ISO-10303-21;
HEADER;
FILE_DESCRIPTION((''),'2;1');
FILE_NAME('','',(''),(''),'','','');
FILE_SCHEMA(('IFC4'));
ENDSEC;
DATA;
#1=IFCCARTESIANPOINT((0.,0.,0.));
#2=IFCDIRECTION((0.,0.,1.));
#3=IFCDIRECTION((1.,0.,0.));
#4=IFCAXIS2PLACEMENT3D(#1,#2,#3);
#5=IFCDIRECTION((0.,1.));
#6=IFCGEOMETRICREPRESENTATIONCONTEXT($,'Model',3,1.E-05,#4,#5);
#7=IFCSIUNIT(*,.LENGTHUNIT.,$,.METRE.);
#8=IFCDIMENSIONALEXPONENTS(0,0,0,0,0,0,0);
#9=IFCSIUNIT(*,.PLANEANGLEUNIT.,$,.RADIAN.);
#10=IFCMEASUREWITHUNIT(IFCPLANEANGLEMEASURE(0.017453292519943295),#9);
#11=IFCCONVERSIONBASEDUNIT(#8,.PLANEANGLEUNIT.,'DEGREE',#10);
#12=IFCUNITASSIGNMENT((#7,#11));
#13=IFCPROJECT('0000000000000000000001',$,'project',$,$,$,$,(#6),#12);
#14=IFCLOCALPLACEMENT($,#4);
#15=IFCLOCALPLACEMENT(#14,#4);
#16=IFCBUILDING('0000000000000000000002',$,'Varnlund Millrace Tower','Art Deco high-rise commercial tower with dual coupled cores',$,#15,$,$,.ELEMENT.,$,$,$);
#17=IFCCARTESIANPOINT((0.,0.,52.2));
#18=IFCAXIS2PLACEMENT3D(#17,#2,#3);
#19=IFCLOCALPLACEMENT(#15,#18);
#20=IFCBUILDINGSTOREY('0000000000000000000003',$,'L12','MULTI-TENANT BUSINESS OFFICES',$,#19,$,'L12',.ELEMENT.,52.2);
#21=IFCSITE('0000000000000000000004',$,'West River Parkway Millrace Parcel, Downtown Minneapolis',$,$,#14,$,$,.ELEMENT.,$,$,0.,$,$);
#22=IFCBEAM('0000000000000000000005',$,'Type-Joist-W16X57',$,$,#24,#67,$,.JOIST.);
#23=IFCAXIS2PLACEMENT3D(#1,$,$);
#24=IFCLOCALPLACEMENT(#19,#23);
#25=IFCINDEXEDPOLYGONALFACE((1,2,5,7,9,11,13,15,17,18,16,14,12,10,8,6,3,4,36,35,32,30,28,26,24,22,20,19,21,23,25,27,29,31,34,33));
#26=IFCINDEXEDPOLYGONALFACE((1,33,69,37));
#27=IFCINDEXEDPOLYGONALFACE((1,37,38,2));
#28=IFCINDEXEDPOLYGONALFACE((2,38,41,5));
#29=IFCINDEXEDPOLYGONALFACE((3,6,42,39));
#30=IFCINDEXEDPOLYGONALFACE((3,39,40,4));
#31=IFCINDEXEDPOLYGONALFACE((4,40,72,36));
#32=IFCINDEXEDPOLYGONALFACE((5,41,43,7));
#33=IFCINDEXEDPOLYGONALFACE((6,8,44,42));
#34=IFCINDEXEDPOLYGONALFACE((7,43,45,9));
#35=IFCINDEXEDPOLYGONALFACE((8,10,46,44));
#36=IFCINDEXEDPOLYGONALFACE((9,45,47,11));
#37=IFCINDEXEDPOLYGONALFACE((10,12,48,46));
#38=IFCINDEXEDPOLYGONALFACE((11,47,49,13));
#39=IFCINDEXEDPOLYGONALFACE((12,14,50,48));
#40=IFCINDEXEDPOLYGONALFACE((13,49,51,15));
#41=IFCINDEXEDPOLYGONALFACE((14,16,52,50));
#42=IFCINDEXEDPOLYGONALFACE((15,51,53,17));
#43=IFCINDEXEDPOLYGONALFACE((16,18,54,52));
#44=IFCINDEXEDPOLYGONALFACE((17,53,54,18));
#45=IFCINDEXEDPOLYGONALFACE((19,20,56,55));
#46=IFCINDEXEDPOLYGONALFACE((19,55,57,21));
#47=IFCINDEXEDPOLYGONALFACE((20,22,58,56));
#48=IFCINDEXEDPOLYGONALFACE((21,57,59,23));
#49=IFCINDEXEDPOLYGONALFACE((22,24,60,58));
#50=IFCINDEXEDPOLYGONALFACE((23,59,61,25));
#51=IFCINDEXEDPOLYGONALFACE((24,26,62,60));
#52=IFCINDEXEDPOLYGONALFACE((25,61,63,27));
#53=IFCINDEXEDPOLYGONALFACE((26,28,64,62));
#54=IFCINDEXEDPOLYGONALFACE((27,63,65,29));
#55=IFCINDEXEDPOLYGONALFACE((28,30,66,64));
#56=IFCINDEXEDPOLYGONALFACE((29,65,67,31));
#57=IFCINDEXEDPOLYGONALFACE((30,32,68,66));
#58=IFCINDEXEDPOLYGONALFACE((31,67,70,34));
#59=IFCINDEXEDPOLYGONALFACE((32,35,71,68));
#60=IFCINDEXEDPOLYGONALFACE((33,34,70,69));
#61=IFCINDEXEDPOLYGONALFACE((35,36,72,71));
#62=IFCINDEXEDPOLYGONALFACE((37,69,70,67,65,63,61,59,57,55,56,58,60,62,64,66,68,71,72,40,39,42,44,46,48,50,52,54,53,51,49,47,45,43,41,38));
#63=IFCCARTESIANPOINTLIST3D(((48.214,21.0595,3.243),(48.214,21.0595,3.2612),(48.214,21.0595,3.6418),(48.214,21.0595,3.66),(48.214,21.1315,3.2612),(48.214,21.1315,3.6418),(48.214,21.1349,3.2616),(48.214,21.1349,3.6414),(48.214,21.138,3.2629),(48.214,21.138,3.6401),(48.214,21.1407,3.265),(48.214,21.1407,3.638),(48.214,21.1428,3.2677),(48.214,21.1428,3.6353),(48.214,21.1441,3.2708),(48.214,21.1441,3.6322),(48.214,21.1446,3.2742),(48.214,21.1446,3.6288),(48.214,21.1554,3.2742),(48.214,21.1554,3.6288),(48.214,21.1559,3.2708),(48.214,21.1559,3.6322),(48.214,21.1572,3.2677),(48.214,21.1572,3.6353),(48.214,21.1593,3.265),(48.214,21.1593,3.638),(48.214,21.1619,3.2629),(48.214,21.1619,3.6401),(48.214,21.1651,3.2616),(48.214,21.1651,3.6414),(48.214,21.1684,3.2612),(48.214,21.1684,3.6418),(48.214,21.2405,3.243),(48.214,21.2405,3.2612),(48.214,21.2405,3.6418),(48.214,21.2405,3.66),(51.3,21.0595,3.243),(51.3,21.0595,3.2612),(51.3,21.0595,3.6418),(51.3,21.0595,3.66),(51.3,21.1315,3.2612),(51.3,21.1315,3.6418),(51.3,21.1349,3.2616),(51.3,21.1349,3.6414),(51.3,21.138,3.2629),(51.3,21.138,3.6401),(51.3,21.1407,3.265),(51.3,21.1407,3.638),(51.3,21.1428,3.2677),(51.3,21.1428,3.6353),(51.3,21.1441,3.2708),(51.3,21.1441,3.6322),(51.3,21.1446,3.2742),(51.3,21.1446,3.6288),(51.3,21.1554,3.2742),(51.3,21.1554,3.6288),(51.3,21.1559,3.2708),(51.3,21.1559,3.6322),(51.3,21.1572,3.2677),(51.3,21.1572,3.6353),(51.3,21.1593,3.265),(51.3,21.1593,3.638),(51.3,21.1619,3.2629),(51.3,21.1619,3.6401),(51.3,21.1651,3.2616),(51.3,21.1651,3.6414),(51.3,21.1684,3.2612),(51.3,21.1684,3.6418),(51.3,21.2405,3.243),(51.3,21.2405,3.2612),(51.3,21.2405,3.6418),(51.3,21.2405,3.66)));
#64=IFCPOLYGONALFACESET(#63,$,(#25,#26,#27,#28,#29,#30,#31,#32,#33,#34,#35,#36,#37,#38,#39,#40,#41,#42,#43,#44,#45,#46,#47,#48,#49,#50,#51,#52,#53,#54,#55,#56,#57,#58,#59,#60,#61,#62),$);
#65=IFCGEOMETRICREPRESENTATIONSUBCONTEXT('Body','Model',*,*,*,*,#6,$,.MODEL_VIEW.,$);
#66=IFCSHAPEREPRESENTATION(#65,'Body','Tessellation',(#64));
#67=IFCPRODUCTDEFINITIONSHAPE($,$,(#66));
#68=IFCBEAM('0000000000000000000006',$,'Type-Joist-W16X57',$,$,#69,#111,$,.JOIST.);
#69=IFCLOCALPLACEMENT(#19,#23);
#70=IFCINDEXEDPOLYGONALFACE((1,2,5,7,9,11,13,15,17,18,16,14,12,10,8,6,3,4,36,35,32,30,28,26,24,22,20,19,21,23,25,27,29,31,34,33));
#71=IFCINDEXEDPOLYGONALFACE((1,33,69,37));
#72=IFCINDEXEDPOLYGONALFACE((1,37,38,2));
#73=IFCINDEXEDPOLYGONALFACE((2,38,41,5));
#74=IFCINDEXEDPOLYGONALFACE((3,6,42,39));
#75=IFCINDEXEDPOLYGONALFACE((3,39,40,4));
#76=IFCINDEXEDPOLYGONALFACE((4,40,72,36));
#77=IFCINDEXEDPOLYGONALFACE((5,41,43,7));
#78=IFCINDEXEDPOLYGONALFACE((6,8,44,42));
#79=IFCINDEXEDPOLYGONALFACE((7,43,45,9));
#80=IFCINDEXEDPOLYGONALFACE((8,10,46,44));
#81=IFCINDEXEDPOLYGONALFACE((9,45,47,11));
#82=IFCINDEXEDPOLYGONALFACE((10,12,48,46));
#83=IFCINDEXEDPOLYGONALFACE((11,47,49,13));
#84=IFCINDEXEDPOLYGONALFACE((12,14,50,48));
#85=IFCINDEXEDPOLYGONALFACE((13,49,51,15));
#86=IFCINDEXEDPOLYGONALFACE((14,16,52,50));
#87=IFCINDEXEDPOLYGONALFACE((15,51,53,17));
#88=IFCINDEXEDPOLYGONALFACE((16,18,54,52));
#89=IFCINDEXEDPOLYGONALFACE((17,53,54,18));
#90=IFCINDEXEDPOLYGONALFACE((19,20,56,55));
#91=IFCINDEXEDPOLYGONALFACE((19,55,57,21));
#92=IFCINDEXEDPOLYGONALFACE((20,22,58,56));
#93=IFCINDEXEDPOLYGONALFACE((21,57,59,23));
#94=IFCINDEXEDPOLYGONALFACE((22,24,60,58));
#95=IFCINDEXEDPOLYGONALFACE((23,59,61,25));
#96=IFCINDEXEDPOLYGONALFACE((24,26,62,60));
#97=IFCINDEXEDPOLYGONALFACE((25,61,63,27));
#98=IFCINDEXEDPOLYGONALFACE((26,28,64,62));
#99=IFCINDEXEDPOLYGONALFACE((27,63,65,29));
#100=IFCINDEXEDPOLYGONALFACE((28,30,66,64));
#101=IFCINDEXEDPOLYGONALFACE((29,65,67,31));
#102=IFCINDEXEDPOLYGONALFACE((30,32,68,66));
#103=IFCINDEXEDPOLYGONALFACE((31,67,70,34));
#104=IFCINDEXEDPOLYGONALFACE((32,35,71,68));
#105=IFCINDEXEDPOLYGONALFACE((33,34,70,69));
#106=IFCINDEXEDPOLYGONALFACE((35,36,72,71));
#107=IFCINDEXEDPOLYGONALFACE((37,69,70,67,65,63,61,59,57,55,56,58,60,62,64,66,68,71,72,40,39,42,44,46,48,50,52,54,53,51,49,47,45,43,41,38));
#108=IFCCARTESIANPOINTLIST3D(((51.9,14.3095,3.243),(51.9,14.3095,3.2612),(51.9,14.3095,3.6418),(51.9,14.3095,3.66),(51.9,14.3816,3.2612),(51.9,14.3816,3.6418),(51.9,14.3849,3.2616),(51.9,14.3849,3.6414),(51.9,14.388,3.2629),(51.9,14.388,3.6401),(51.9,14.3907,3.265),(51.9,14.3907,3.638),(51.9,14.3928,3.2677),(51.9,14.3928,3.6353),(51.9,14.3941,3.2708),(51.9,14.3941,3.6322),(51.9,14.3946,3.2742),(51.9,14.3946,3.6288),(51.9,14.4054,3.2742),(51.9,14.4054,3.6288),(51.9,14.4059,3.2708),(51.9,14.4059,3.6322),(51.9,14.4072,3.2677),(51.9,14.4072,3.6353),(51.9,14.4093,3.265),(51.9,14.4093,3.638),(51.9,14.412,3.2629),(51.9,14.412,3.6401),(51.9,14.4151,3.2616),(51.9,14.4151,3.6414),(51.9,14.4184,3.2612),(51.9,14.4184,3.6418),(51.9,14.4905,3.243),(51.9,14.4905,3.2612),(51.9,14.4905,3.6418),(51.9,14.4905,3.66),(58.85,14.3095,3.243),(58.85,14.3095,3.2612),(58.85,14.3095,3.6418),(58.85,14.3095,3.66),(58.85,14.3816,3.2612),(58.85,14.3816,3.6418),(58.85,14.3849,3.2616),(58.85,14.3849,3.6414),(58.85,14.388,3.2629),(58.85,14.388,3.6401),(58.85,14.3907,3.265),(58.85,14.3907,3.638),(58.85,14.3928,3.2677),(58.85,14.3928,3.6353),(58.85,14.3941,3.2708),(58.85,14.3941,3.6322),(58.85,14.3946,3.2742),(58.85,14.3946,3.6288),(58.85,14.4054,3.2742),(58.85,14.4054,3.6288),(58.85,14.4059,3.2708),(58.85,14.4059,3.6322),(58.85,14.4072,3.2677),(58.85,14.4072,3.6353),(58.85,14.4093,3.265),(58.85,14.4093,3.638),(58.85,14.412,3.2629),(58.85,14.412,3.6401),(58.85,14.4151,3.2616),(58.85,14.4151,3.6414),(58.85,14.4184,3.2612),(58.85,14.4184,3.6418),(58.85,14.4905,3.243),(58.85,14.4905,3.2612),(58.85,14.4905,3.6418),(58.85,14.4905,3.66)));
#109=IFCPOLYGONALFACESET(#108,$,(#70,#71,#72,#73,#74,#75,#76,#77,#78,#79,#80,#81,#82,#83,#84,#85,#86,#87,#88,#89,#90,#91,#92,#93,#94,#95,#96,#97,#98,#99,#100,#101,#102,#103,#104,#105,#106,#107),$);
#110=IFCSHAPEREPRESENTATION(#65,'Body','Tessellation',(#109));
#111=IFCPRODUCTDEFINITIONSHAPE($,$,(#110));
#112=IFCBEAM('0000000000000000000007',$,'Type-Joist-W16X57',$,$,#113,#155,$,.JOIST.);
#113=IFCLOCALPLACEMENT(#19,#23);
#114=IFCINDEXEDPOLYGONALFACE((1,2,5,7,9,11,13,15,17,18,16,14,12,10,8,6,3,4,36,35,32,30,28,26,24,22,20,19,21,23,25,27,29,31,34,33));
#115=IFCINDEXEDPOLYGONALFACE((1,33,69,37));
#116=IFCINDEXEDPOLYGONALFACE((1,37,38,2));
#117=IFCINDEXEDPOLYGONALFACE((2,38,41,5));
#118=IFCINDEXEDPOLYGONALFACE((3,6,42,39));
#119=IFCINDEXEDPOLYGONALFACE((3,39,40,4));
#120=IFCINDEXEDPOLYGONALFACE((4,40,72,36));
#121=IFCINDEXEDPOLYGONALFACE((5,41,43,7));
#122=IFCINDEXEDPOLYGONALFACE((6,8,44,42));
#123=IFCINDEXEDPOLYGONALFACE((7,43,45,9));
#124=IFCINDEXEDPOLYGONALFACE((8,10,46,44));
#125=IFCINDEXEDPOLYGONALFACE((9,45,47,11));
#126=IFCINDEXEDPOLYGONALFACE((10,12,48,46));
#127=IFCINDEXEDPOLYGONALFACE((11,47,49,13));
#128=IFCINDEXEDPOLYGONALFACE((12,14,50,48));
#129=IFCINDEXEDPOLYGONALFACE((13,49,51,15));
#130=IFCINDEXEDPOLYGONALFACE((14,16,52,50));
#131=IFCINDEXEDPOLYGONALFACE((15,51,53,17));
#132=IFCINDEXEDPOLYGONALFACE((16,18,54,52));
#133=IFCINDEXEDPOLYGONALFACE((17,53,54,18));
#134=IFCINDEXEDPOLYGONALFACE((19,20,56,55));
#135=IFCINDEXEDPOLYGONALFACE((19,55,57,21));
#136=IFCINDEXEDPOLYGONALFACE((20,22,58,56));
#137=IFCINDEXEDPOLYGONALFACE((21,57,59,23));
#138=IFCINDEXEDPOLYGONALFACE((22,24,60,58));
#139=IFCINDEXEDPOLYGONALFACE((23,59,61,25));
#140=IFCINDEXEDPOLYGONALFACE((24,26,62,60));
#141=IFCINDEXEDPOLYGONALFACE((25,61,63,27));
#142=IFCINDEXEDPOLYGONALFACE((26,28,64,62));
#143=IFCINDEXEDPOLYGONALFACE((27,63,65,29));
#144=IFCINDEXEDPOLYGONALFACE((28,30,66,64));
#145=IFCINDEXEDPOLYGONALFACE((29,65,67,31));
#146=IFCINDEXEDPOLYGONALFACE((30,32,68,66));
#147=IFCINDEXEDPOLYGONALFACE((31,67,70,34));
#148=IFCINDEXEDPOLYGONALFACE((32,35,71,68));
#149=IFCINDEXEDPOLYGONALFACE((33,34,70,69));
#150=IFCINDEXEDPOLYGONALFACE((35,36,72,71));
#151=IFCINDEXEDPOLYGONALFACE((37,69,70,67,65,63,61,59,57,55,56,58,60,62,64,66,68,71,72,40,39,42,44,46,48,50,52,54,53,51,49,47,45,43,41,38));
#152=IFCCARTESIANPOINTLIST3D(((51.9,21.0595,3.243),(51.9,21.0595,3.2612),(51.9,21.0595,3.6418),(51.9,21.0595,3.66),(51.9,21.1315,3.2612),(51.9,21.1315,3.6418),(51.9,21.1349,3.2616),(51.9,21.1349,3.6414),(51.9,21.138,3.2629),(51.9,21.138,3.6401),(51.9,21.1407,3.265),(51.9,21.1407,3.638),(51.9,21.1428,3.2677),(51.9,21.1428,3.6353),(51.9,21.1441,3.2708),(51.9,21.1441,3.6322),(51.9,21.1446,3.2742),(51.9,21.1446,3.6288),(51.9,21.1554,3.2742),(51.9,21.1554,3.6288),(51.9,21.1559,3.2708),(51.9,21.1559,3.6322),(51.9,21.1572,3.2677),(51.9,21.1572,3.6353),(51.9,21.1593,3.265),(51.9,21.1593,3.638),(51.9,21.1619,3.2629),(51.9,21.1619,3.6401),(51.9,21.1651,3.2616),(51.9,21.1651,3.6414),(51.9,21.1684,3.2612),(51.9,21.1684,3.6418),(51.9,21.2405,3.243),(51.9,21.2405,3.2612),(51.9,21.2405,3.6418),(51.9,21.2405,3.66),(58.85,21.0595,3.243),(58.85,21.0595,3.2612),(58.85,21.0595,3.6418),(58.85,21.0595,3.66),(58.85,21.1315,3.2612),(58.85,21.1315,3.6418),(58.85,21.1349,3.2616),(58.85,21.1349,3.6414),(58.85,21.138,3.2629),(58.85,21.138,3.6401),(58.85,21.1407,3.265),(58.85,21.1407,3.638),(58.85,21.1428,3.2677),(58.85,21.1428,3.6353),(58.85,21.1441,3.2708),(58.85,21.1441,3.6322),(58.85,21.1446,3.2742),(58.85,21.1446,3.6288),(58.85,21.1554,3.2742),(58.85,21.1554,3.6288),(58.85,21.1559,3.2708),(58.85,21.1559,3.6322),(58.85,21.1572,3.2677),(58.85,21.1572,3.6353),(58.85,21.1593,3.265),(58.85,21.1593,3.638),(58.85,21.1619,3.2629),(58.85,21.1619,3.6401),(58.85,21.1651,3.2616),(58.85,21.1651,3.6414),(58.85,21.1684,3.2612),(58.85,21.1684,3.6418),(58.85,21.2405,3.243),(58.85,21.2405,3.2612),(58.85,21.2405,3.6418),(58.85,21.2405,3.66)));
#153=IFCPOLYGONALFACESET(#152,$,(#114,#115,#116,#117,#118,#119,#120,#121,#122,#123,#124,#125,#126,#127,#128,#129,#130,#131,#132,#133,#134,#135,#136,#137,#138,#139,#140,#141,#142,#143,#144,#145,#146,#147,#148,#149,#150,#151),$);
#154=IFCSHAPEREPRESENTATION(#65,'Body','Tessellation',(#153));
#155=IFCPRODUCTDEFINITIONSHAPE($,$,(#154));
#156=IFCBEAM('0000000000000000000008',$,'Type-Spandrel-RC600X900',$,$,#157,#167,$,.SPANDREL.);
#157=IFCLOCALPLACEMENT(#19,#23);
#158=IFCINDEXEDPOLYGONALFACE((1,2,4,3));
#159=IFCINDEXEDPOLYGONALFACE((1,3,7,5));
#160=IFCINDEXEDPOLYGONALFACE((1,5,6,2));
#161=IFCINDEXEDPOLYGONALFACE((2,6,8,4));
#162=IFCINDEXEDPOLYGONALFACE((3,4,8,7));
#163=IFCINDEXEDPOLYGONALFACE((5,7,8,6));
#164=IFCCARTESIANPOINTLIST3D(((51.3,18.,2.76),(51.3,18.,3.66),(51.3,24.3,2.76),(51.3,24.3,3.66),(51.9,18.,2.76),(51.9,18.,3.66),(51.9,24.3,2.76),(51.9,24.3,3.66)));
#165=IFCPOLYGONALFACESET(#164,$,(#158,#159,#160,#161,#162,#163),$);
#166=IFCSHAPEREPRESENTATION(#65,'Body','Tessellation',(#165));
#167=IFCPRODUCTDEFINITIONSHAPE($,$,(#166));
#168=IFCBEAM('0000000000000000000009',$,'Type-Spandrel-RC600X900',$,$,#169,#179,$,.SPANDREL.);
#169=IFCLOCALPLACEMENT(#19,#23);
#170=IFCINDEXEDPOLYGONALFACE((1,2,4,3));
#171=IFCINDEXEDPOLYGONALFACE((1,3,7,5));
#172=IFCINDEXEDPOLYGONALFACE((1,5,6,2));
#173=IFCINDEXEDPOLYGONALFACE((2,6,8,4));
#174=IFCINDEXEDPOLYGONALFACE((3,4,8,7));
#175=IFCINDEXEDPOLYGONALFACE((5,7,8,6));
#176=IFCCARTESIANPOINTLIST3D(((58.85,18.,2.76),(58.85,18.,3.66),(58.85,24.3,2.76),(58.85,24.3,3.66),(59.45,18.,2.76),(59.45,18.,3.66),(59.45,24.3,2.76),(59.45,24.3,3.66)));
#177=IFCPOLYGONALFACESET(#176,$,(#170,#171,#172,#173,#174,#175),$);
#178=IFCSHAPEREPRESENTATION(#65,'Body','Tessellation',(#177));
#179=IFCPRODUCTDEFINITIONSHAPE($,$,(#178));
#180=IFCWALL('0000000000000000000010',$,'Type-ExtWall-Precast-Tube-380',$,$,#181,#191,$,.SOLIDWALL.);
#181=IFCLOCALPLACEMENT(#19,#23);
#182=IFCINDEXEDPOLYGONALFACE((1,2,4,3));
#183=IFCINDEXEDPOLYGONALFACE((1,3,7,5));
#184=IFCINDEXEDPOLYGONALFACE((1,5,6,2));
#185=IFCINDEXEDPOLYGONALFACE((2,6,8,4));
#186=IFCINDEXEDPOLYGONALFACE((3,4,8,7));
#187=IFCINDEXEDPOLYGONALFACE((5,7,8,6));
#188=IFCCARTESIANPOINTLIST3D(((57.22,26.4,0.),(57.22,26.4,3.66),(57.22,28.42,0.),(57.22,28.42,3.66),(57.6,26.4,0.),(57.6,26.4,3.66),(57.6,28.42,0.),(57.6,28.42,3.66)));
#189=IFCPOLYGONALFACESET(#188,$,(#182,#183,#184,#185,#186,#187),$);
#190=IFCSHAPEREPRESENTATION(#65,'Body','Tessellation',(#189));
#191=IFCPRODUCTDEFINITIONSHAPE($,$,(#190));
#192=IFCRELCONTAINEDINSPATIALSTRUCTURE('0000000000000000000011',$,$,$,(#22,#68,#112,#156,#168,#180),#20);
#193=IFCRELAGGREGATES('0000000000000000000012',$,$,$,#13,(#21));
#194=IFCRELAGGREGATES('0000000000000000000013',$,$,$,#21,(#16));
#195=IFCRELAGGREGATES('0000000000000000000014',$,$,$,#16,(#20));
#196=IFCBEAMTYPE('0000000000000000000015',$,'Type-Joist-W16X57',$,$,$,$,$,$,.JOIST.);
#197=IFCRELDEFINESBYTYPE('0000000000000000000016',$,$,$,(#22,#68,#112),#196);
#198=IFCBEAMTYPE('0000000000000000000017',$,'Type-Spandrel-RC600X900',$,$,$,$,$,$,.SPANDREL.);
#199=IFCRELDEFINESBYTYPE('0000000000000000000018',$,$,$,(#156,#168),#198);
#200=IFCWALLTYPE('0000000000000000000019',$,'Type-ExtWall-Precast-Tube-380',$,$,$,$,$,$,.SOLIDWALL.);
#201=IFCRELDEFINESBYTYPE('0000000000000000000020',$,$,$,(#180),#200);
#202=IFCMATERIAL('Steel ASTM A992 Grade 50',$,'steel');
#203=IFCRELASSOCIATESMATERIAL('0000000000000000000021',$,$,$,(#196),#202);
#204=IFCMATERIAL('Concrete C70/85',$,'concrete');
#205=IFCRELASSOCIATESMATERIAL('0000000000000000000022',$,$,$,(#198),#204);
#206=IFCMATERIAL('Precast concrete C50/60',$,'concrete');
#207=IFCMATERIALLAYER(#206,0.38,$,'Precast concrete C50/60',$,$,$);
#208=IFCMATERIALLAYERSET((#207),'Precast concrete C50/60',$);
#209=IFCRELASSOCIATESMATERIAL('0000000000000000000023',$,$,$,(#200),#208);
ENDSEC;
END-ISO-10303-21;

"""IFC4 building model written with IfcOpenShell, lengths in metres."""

from ifc_helpers import new_model, entity, si_unit, converted_unit, direction, frame, origin_with_axes, origin_2d_with_axis, place, context, subcontext, project, spatial, polyline, rectangle, i_section, outline, extrude, material, layer, layer_set, material_profile, profile_set, type_object, element, save


model = new_model("IFC4")

# Units and contexts
model_context = context("Model", 3, precision=1e-05, world=origin_with_axes(), true_north=direction((0.0, 1.0)))
body_context = subcontext(model_context, "Body", "Model", "MODEL_VIEW")
ifc_project = project(units=[si_unit("LENGTHUNIT", "METRE"), converted_unit("PLANEANGLEUNIT", "DEGREE", entity("IfcPlaneAngleMeasure", 0.017453292519943295), si_unit("PLANEANGLEUNIT", "RADIAN"), dimensions=[0, 0, 0, 0, 0, 0, 0])], contexts=[model_context])

# Site, building, storey
site_placement = place(None, origin_with_axes())
site = spatial("IfcSite", under=ifc_project, at=site_placement, Name="West River Parkway Millrace Parcel, Downtown Minneapolis", CompositionType="ELEMENT", RefElevation=0.0)
building_placement = place(site_placement, origin_with_axes())
building = spatial("IfcBuilding", under=site, at=building_placement, Name="Varnlund Millrace Tower", Description="Art Deco high-rise commercial tower with dual coupled cores", CompositionType="ELEMENT")
storey_placement = place(building_placement, frame((0.0, 0.0, 52.2), z_axis=(0.0, 0.0, 1.0), x_axis=(1.0, 0.0, 0.0)))
storey = spatial("IfcBuildingStorey", under=building, at=storey_placement, Name="L12", Description="MULTI-TENANT BUSINESS OFFICES", LongName="L12", CompositionType="ELEMENT", Elevation=52.2)

# Beams
ifc_material_1 = material(Name="Steel ASTM A992 Grade 50", Category="steel")
ifc_material_profile_1 = material_profile(ifc_material_1, i_section(OverallWidth=0.181, OverallDepth=0.417, WebThickness=0.0109, FlangeThickness=0.0182, FilletRadius=0.013, at=origin_2d_with_axis()), Name="Steel ASTM A992 Grade 50")
ifc_profile_set_1 = profile_set([ifc_material_profile_1], Name="Steel ASTM A992 Grade 50")
beam_type_1 = type_object("IfcBeamType", Name="Type-Joist-W16X57", PredefinedType="JOIST", material=ifc_profile_set_1)
for number, where, z_axis, x_axis, name in (
    (1, (48.214, 21.15, 3.4515), (1.0, 0.0, 0.0), (0.0, 1.0, 0.0), "Type-Joist-W16X57"),
):
    element("IfcBeam", number, at=place(storey_placement, frame(where, z_axis=z_axis, x_axis=x_axis)), inside=storey, type_object=beam_type_1, Name=name, PredefinedType="JOIST", context=body_context, shape_type="SweptSolid", body=[
        extrude(i_section(OverallWidth=0.181, OverallDepth=0.417, WebThickness=0.0109, FlangeThickness=0.0182, FilletRadius=0.013, at=origin_2d_with_axis()), origin_with_axes(), (0.0, 0.0, 1.0), 3.086),
    ])
for number, where, z_axis, x_axis, name in (
    (2, (51.9, 14.4, 3.4515), (1.0, 0.0, 0.0), (0.0, 1.0, 0.0), "Type-Joist-W16X57"),
    (3, (51.9, 21.15, 3.4515), (1.0, 0.0, 0.0), (0.0, 1.0, 0.0), "Type-Joist-W16X57"),
):
    element("IfcBeam", number, at=place(storey_placement, frame(where, z_axis=z_axis, x_axis=x_axis)), inside=storey, type_object=beam_type_1, Name=name, PredefinedType="JOIST", context=body_context, shape_type="SweptSolid", body=[
        extrude(i_section(OverallWidth=0.181, OverallDepth=0.417, WebThickness=0.0109, FlangeThickness=0.0182, FilletRadius=0.013, at=origin_2d_with_axis()), origin_with_axes(), (0.0, 0.0, 1.0), 6.95),
    ])
ifc_material_2 = material(Name="Concrete C70/85", Category="concrete")
ifc_material_profile_2 = material_profile(ifc_material_2, rectangle(XDim=0.6, YDim=0.9, at=origin_2d_with_axis()), Name="Concrete C70/85")
ifc_profile_set_2 = profile_set([ifc_material_profile_2], Name="Concrete C70/85")
beam_type_2 = type_object("IfcBeamType", Name="Type-Spandrel-RC600X900", PredefinedType="SPANDREL", material=ifc_profile_set_2)
for number, where, z_axis, x_axis, name in (
    (4, (51.6, 18.0, 3.21), (0.0, 1.0, 0.0), (-1.0, 0.0, 0.0), "Type-Spandrel-RC600X900"),
    (5, (59.15, 18.0, 3.21), (0.0, 1.0, 0.0), (-1.0, 0.0, 0.0), "Type-Spandrel-RC600X900"),
):
    element("IfcBeam", number, at=place(storey_placement, frame(where, z_axis=z_axis, x_axis=x_axis)), inside=storey, type_object=beam_type_2, Name=name, PredefinedType="SPANDREL", context=body_context, shape_type="SweptSolid", body=[
        extrude(rectangle(XDim=0.6, YDim=0.9, at=origin_2d_with_axis()), origin_with_axes(), (0.0, 0.0, 1.0), 6.3),
    ])

# Wall
ifc_material_3 = material(Name="Precast concrete C50/60", Category="concrete")
ifc_layer_1 = layer(ifc_material_3, 0.38, Name="Precast concrete C50/60")
ifc_layer_set_1 = layer_set([ifc_layer_1], Name="Precast concrete C50/60")
wall_type_1 = type_object("IfcWallType", Name="Type-ExtWall-Precast-Tube-380", PredefinedType="SOLIDWALL", material=ifc_layer_set_1)
wall_1_placement = place(storey_placement, frame((57.41, 28.42, 0.0), z_axis=(0.0, 0.0, 1.0), x_axis=(0.0, -1.0, 0.0)))
element("IfcWall", 6, at=wall_1_placement, inside=storey, type_object=wall_type_1, Name="Type-ExtWall-Precast-Tube-380", PredefinedType="SOLIDWALL", context=body_context, shape_type="SweptSolid", body=[
    extrude(outline(polyline([(0.0, -0.19), (2.02, -0.19), (2.02, 0.19), (0.0, 0.19), (0.0, -0.19)])), origin_with_axes(), (0.0, 0.0, 1.0), 3.66),
])

save(model, "model.ifc")
